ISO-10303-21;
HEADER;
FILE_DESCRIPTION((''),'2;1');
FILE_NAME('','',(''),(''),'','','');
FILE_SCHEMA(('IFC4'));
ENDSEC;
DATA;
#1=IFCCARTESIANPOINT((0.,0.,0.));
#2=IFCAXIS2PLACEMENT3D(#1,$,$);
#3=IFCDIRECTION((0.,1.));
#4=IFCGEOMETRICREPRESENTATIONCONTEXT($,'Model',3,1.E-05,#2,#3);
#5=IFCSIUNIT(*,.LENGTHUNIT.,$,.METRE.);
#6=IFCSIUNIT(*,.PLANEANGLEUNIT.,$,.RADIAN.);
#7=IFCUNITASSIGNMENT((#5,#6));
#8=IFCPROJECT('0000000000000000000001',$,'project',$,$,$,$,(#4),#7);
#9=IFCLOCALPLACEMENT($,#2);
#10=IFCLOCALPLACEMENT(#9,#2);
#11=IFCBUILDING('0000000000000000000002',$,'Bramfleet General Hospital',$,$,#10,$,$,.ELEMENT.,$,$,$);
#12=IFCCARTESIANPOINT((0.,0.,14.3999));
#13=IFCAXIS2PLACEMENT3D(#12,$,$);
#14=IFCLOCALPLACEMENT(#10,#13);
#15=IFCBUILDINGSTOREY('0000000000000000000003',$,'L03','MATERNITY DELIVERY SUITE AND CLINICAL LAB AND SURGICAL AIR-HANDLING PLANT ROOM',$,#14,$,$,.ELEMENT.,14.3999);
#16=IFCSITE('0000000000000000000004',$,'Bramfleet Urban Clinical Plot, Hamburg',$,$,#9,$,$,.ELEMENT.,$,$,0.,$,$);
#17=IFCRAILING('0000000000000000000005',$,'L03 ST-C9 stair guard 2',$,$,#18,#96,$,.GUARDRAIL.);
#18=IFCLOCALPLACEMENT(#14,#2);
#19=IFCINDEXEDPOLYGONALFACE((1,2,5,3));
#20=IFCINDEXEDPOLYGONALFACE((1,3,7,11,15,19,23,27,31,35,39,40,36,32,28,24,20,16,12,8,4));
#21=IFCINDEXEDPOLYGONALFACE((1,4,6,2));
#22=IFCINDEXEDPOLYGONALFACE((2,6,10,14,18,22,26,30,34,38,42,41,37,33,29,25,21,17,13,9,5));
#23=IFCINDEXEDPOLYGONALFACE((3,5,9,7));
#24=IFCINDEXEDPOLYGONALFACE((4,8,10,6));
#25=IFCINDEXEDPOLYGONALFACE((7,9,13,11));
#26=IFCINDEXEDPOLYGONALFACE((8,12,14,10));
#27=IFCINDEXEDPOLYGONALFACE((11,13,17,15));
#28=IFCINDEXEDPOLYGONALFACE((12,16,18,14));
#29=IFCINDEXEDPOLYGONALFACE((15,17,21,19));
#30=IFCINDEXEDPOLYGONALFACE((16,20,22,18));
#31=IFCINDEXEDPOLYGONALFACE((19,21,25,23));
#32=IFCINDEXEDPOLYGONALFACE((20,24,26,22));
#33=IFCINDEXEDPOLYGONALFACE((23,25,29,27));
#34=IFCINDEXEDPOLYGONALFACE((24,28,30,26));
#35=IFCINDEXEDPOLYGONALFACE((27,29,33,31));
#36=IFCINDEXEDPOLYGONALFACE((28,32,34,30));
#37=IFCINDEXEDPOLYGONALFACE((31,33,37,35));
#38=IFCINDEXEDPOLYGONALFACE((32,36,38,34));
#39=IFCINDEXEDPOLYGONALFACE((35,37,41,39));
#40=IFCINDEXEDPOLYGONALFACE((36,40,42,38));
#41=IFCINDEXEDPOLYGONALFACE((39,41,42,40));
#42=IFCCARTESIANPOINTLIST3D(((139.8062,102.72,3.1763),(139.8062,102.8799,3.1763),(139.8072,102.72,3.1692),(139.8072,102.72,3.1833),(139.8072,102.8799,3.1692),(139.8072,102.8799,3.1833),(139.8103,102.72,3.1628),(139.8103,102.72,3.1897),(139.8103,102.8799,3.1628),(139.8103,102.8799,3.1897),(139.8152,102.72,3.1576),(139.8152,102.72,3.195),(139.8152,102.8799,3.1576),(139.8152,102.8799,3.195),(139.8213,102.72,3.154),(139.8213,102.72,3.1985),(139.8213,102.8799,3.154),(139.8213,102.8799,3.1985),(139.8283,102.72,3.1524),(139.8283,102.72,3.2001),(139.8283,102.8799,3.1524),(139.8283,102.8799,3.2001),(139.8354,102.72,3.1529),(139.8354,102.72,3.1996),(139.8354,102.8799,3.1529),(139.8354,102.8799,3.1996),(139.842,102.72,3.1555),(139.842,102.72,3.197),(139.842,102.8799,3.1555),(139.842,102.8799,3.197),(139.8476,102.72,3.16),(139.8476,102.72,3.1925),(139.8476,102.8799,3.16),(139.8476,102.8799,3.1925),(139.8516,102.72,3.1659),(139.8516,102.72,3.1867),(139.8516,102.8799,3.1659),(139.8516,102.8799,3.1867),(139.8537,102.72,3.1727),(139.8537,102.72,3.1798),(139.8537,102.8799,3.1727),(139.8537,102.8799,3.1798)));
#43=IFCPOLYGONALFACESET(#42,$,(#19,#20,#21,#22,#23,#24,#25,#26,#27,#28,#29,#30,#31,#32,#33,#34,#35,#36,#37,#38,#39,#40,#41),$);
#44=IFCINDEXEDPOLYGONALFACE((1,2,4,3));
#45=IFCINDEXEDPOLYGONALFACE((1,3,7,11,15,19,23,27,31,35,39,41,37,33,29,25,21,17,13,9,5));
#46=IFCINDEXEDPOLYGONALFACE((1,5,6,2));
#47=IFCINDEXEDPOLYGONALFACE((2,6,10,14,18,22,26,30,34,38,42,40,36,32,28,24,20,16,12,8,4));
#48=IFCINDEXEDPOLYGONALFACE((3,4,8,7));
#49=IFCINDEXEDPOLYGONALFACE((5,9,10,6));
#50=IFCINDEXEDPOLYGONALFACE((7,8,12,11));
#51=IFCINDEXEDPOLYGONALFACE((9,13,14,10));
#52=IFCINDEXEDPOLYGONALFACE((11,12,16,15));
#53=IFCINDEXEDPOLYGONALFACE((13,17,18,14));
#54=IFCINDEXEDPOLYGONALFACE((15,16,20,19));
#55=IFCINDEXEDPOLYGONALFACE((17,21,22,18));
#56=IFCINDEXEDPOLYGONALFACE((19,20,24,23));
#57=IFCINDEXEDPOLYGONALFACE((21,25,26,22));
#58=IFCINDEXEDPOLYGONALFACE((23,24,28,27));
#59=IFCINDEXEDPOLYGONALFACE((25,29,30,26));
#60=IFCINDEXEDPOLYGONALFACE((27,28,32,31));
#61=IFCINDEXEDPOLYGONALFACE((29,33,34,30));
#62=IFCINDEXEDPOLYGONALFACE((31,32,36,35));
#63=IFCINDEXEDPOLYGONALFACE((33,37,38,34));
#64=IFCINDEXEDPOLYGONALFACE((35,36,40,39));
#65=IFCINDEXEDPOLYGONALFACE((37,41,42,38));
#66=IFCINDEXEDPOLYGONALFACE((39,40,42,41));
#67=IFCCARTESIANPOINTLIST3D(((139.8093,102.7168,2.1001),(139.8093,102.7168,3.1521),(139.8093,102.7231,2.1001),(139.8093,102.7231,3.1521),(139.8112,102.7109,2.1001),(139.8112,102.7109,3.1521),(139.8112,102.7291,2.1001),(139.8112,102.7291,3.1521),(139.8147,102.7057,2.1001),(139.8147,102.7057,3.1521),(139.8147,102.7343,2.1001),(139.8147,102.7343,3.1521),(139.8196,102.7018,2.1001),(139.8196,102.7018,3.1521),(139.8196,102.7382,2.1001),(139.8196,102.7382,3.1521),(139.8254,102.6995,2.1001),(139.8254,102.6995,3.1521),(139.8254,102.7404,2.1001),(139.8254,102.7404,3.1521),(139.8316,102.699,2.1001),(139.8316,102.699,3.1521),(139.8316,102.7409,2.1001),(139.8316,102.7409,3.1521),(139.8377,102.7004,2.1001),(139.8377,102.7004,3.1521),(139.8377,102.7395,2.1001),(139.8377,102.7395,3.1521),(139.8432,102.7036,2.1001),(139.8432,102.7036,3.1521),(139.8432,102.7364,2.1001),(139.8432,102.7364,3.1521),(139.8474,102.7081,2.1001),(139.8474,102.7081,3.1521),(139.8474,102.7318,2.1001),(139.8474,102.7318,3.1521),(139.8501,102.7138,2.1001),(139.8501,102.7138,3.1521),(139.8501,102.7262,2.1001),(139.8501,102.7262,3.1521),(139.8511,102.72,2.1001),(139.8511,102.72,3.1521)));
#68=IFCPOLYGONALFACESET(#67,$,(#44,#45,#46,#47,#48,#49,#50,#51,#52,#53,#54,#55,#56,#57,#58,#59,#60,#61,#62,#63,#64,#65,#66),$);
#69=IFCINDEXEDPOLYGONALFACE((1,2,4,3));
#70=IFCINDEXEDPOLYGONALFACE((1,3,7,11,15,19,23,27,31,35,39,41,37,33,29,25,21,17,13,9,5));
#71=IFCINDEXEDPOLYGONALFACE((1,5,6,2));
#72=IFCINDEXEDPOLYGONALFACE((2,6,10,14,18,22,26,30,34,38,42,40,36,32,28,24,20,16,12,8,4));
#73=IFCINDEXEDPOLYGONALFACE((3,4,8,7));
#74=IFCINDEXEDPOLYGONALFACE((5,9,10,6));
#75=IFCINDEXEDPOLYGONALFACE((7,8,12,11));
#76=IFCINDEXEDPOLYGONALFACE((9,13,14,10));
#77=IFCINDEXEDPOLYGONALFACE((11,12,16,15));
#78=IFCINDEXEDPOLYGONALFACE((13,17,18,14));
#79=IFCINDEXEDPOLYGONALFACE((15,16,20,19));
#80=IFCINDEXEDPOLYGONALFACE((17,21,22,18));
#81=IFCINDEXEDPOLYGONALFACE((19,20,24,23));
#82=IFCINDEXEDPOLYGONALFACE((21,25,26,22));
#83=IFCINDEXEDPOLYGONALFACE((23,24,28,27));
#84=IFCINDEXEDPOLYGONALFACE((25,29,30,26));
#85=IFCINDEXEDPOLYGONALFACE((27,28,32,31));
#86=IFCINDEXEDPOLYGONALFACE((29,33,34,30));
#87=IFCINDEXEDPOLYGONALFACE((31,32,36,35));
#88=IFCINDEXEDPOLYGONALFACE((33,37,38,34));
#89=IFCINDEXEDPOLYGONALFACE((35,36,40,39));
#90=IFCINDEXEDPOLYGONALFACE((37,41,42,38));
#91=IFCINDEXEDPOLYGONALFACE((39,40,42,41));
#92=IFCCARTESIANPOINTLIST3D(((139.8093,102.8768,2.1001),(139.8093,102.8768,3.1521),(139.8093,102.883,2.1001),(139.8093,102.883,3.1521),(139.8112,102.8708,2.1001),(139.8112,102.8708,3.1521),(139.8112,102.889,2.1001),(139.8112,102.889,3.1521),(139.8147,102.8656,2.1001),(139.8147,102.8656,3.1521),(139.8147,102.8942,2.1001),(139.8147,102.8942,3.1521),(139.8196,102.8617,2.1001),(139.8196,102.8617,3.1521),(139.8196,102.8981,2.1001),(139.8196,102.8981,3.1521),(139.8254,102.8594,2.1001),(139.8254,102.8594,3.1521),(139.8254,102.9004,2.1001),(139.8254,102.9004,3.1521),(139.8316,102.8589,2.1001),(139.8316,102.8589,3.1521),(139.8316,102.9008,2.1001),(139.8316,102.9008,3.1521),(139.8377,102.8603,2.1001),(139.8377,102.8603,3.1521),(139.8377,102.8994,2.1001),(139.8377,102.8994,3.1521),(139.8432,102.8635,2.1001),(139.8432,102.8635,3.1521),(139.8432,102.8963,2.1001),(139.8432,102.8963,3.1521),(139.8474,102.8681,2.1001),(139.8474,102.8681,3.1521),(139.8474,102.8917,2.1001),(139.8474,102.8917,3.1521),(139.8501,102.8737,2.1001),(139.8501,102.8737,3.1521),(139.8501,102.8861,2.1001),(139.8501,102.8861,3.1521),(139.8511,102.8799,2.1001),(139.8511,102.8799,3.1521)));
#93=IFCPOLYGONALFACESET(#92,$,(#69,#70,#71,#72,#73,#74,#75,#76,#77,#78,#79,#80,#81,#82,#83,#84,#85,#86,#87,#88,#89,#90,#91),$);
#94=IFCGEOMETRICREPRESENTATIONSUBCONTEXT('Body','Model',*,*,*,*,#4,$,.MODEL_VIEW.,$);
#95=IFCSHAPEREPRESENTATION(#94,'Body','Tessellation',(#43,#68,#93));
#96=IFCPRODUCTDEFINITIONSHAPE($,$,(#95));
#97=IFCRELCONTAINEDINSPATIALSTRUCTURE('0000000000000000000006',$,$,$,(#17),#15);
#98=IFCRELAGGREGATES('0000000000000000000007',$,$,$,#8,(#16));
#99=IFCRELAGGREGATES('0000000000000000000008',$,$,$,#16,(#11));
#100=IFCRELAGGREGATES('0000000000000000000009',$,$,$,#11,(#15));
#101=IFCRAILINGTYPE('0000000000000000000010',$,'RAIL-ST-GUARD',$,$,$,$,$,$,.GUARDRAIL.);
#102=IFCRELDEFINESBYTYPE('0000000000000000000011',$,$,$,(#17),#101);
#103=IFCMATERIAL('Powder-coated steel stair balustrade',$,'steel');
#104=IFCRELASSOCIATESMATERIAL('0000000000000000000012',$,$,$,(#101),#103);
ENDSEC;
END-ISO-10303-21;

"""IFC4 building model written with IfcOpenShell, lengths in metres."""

from ifc_helpers import new_model, si_unit, direction, frame, origin, origin_2d, place, context, subcontext, project, spatial, circle, extrude, material, type_object, element, save


model = new_model("IFC4")

# Units and contexts
model_context = context("Model", 3, precision=1e-05, world=origin(), true_north=direction((0.0, 1.0)))
body_context = subcontext(model_context, "Body", "Model", "MODEL_VIEW")
ifc_project = project(units=[si_unit("LENGTHUNIT", "METRE"), si_unit("PLANEANGLEUNIT", "RADIAN")], contexts=[model_context])

# Site, building, storey
site_placement = place(None, origin())
site = spatial("IfcSite", under=ifc_project, at=site_placement, Name="Bramfleet Urban Clinical Plot, Hamburg", CompositionType="ELEMENT", RefElevation=0.0)
building_placement = place(site_placement, origin())
building = spatial("IfcBuilding", under=site, at=building_placement, Name="Bramfleet General Hospital", CompositionType="ELEMENT")
storey_placement = place(building_placement, frame((0.0, 0.0, 14.3999)))
storey = spatial("IfcBuildingStorey", under=building, at=storey_placement, Name="L03", Description="MATERNITY DELIVERY SUITE AND CLINICAL LAB AND SURGICAL AIR-HANDLING PLANT ROOM", CompositionType="ELEMENT", Elevation=14.3999)

# Railing
ifc_material_1 = material(Name="Powder-coated steel stair balustrade", Category="steel")
railing_type_1 = type_object("IfcRailingType", Name="RAIL-ST-GUARD", PredefinedType="GUARDRAIL", material=ifc_material_1)
railing_1_placement = place(storey_placement, frame((139.8301, 102.72, 2.1001)))
element("IfcRailing", 1, at=railing_1_placement, inside=storey, type_object=railing_type_1, Name="L03 ST-C9 stair guard 2", PredefinedType="GUARDRAIL", context=body_context, shape_type="SweptSolid", body=[
    extrude(circle(Radius=0.0239, at=origin_2d()), frame((0.0, 0.0, 1.0762), z_axis=(0.0, 1.0, 0.0), x_axis=(-1.0, 0.0, 0.0)), (0.0, 0.0, 1.0), 0.1599),
    extrude(circle(Radius=0.021, at=origin_2d()), origin(), (0.0, 0.0, 1.0), 1.052),
    extrude(circle(Radius=0.021, at=origin_2d()), frame((0.0, 0.1599, 0.0)), (0.0, 0.0, 1.0), 1.052),
])

save(model, "model.ifc")
